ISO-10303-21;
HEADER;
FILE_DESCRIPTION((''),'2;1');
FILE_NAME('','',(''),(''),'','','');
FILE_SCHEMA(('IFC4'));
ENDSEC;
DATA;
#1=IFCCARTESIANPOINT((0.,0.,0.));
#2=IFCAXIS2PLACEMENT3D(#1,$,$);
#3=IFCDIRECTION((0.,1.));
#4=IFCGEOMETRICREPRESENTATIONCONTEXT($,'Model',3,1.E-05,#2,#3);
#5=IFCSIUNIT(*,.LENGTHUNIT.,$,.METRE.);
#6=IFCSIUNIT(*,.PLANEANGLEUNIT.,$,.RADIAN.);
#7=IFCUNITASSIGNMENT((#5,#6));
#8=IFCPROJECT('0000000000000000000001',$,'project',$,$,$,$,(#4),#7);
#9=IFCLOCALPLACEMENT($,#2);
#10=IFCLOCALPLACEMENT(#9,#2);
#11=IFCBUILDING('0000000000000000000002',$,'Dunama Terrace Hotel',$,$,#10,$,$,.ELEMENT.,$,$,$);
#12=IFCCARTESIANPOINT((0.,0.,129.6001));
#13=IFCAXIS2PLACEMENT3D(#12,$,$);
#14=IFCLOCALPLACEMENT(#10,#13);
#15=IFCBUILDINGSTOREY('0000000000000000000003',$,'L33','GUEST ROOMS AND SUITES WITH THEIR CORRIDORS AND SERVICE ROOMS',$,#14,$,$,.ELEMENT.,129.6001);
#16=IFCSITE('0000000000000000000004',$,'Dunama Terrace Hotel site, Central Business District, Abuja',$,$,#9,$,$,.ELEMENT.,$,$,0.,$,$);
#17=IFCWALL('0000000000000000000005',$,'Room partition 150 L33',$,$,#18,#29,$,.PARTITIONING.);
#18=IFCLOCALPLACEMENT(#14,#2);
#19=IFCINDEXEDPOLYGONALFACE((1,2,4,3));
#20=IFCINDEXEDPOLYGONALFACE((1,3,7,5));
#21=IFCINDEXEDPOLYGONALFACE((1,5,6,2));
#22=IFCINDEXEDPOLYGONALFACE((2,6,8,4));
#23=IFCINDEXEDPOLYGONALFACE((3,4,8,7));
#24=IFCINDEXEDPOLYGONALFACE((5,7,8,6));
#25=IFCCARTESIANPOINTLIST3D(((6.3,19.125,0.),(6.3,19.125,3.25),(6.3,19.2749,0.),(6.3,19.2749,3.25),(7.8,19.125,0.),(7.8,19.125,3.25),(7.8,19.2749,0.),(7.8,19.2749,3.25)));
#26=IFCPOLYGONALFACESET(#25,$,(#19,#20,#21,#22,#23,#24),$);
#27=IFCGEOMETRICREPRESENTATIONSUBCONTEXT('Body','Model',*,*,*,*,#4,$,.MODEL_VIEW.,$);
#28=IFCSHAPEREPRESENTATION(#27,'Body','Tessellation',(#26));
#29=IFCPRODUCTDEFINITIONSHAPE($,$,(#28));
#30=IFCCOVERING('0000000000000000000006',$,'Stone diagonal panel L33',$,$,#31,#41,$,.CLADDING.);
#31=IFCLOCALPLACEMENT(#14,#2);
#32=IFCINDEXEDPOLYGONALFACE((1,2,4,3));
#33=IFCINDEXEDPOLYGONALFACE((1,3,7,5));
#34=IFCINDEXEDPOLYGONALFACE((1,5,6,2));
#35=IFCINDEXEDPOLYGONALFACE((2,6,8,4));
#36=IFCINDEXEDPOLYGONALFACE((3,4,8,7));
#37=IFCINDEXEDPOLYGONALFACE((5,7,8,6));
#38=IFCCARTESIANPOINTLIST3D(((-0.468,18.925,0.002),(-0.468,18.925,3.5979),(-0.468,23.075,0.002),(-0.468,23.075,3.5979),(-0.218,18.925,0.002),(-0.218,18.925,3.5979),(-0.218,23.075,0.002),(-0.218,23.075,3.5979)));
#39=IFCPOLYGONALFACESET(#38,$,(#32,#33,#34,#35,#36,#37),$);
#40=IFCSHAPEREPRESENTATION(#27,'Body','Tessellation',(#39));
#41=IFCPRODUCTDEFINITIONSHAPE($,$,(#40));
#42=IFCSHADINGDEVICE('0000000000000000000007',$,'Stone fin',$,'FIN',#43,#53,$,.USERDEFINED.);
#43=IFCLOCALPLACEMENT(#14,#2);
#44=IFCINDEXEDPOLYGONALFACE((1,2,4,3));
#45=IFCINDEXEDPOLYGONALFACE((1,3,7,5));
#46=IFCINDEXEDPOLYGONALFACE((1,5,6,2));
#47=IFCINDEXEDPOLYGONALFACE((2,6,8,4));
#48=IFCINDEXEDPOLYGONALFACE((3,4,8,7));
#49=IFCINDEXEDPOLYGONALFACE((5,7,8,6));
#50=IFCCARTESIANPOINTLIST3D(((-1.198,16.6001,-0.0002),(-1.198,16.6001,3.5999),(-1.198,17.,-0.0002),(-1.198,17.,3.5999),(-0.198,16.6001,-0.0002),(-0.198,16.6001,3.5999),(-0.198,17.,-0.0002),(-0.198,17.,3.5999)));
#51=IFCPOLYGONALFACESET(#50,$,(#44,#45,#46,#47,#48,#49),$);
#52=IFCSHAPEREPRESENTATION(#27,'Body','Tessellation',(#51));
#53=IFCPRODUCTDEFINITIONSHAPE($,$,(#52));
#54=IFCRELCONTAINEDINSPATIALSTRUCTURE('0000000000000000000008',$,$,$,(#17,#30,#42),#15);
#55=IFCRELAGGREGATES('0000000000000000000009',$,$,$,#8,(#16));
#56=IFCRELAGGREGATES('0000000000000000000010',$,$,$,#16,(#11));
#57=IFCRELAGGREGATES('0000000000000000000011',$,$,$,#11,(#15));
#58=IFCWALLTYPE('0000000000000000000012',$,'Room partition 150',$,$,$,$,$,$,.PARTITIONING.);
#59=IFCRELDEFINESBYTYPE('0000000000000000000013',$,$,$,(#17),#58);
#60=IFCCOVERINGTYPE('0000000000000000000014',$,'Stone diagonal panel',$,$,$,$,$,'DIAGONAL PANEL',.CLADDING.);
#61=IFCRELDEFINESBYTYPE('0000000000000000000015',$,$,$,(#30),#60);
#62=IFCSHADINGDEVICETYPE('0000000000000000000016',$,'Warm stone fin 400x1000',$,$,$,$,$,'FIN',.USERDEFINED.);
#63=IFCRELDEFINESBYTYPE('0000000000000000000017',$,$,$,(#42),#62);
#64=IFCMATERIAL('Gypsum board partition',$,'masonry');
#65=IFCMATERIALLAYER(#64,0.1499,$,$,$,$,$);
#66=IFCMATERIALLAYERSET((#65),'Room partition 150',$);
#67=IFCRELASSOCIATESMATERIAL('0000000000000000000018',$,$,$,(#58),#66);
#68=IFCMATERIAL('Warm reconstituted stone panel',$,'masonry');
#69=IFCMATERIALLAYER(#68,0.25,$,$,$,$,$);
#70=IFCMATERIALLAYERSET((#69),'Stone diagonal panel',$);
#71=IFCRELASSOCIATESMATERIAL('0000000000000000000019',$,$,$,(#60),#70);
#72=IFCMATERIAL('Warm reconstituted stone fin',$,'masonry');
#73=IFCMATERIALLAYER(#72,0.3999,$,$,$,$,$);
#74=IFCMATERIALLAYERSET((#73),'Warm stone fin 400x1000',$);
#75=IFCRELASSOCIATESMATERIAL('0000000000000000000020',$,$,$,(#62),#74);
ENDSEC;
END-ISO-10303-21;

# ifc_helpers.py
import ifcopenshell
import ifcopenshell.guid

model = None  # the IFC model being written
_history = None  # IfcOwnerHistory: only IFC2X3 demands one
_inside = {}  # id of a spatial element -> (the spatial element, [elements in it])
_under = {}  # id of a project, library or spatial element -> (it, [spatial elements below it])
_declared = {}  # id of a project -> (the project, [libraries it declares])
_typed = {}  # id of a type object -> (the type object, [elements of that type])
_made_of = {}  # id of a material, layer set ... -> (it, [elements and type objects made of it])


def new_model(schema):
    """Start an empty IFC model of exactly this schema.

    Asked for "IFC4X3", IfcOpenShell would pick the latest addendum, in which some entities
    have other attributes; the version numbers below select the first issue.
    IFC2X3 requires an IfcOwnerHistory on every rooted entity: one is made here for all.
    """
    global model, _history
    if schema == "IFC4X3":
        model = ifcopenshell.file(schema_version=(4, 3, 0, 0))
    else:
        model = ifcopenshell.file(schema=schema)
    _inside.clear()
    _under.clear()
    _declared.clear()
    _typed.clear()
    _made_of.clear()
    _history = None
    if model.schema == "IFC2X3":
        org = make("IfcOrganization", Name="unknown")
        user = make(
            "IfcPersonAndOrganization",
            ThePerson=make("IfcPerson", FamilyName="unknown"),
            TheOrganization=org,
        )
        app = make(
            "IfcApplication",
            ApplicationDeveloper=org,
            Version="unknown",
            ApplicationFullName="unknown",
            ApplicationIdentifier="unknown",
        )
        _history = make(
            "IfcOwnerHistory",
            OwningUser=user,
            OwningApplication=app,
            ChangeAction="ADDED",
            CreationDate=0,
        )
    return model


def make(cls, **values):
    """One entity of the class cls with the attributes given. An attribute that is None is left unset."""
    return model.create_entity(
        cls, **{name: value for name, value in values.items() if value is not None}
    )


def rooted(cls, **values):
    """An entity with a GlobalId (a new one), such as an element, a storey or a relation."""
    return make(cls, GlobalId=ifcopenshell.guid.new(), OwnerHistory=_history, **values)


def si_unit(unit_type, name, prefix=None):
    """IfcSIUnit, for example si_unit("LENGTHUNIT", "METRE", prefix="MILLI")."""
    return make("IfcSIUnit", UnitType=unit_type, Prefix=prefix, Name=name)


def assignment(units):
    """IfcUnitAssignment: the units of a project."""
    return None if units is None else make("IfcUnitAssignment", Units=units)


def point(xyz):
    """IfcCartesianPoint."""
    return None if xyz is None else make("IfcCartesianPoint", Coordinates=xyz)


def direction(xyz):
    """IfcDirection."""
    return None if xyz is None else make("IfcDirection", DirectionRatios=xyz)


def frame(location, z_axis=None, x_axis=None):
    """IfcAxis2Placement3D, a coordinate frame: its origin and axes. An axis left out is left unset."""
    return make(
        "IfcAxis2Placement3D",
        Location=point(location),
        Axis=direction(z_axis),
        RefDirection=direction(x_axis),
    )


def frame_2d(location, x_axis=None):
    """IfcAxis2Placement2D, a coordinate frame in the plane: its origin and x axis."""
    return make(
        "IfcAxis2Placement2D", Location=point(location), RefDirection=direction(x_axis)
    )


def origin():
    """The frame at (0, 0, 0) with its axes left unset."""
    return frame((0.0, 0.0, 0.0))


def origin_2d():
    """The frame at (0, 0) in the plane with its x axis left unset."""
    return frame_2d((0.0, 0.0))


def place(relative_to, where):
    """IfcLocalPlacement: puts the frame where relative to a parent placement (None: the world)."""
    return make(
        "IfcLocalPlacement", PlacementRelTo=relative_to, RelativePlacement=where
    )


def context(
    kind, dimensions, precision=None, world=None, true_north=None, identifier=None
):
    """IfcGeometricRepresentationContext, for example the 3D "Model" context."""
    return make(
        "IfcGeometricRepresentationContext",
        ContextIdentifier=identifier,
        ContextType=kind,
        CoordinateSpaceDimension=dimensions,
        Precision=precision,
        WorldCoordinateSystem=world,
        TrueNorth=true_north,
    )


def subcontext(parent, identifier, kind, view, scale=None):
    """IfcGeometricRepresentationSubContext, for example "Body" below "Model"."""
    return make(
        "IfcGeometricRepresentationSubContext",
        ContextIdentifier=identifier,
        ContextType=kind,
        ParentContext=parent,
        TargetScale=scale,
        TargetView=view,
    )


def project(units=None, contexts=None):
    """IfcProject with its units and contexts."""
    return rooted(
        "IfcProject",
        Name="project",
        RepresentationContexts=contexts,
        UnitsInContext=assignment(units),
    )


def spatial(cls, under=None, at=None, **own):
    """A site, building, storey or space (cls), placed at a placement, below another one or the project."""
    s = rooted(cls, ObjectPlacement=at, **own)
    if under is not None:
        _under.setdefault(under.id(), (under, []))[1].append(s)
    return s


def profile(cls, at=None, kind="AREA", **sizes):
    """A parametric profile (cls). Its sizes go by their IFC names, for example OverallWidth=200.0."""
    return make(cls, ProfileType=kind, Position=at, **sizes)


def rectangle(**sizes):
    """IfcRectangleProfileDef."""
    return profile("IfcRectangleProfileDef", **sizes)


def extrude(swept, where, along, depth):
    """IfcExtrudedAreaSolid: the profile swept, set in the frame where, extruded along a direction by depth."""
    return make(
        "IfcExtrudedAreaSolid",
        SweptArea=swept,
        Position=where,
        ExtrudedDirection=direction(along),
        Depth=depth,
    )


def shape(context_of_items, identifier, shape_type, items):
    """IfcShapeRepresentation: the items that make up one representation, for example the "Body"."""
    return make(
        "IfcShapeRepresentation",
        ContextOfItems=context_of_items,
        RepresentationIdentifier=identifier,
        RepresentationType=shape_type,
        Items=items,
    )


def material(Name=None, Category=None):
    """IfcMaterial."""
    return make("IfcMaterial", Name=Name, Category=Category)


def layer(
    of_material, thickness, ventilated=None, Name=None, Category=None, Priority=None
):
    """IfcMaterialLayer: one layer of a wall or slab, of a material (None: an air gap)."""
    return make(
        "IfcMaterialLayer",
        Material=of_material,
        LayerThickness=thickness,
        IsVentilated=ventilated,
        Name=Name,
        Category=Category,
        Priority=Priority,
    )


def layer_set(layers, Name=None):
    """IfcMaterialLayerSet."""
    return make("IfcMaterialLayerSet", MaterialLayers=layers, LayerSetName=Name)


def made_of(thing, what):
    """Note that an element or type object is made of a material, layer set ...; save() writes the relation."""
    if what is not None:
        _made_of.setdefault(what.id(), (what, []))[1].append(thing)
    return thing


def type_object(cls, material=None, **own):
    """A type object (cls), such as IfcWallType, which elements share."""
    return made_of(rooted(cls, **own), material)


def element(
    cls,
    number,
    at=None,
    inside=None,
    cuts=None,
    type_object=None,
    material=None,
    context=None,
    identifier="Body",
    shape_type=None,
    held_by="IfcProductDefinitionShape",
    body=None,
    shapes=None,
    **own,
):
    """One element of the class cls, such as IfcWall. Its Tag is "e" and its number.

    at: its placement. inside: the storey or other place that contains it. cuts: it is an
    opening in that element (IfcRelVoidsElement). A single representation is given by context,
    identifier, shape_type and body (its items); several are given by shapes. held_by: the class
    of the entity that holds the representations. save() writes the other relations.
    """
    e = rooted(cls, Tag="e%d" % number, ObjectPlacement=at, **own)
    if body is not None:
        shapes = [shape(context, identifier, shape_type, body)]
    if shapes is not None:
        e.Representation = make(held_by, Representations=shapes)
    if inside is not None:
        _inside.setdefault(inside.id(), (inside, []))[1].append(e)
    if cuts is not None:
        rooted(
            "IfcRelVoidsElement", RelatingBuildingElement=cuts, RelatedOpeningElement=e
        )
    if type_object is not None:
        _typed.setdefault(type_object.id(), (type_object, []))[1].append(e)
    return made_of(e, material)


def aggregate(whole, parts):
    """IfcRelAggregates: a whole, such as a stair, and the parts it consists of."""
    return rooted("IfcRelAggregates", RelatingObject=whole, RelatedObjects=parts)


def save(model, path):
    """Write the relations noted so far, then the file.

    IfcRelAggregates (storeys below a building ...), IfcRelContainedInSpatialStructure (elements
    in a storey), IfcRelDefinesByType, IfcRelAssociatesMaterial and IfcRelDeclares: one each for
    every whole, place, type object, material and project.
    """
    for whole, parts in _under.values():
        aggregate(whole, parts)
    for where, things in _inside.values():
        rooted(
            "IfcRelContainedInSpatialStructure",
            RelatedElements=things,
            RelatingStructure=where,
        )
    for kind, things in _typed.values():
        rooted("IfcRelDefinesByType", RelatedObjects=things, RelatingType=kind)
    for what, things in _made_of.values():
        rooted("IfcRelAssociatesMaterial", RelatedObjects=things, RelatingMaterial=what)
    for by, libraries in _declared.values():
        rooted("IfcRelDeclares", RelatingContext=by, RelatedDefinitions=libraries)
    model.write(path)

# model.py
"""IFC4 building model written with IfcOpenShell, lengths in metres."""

from ifc_helpers import new_model, si_unit, direction, frame, frame_2d, origin, origin_2d, place, context, subcontext, project, spatial, rectangle, extrude, material, layer, layer_set, type_object, element, save


model = new_model("IFC4")

# Units and contexts
model_context = context("Model", 3, precision=1e-05, world=origin(), true_north=direction((0.0, 1.0)))
body_context = subcontext(model_context, "Body", "Model", "MODEL_VIEW")
ifc_project = project(units=[si_unit("LENGTHUNIT", "METRE"), si_unit("PLANEANGLEUNIT", "RADIAN")], contexts=[model_context])

# Site, building, storey
site_placement = place(None, origin())
site = spatial("IfcSite", under=ifc_project, at=site_placement, Name="Dunama Terrace Hotel site, Central Business District, Abuja", CompositionType="ELEMENT", RefElevation=0.0)
building_placement = place(site_placement, origin())
building = spatial("IfcBuilding", under=site, at=building_placement, Name="Dunama Terrace Hotel", CompositionType="ELEMENT")
storey_placement = place(building_placement, frame((0.0, 0.0, 129.6001)))
storey = spatial("IfcBuildingStorey", under=building, at=storey_placement, Name="L33", Description="GUEST ROOMS AND SUITES WITH THEIR CORRIDORS AND SERVICE ROOMS", CompositionType="ELEMENT", Elevation=129.6001)

# Shared definitions
ifc_material_1 = material(Name="Gypsum board partition", Category="masonry")
ifc_layer_1 = layer(ifc_material_1, 0.1499)
ifc_layer_set_1 = layer_set([ifc_layer_1], Name="Room partition 150")
wall_type_1 = type_object("IfcWallType", Name="Room partition 150", PredefinedType="PARTITIONING", material=ifc_layer_set_1)

# Wall
wall_1_placement = place(storey_placement, frame((6.3, 19.2, 0.0), z_axis=(0.0, 0.0, 1.0), x_axis=(1.0, 0.0, 0.0)))
element("IfcWall", 1, at=wall_1_placement, inside=storey, type_object=wall_type_1, Name="Room partition 150 L33", PredefinedType="PARTITIONING", context=body_context, shape_type="SweptSolid", body=[
    extrude(rectangle(XDim=1.5, YDim=0.1499, at=frame_2d((0.75, 0.0))), origin(), (0.0, 0.0, 1.0), 3.25),
])

# Covering
ifc_material_2 = material(Name="Warm reconstituted stone panel", Category="masonry")
ifc_layer_2 = layer(ifc_material_2, 0.25)
ifc_layer_set_2 = layer_set([ifc_layer_2], Name="Stone diagonal panel")
covering_type = type_object("IfcCoveringType", Name="Stone diagonal panel", ElementType="DIAGONAL PANEL", PredefinedType="CLADDING", material=ifc_layer_set_2)
covering_placement = place(storey_placement, frame((-0.343, 21.0, 0.002), z_axis=(0.0, 0.0, 1.0), x_axis=(0.0, -1.0, 0.0)))
element("IfcCovering", 2, at=covering_placement, inside=storey, type_object=covering_type, Name="Stone diagonal panel L33", PredefinedType="CLADDING", context=body_context, shape_type="SweptSolid", body=[
    extrude(rectangle(XDim=4.1499, YDim=0.25, at=origin_2d()), origin(), (0.0, 0.0, 1.0), 3.5959),
])

# Shading device
ifc_material_3 = material(Name="Warm reconstituted stone fin", Category="masonry")
ifc_layer_3 = layer(ifc_material_3, 0.3999)
ifc_layer_set_3 = layer_set([ifc_layer_3], Name="Warm stone fin 400x1000")
shading_device_type = type_object("IfcShadingDeviceType", Name="Warm stone fin 400x1000", ElementType="FIN", PredefinedType="USERDEFINED", material=ifc_layer_set_3)
shading_device_placement = place(storey_placement, frame((-0.698, 16.8, -0.0002), z_axis=(0.0, 0.0, 1.0), x_axis=(0.0, -1.0, 0.0)))
element("IfcShadingDevice", 3, at=shading_device_placement, inside=storey, type_object=shading_device_type, Name="Stone fin", ObjectType="FIN", PredefinedType="USERDEFINED", context=body_context, shape_type="SweptSolid", body=[
    extrude(rectangle(XDim=0.3999, YDim=1.0, at=origin_2d()), origin(), (0.0, 0.0, 1.0), 3.6001),
])

save(model, "model.ifc")
